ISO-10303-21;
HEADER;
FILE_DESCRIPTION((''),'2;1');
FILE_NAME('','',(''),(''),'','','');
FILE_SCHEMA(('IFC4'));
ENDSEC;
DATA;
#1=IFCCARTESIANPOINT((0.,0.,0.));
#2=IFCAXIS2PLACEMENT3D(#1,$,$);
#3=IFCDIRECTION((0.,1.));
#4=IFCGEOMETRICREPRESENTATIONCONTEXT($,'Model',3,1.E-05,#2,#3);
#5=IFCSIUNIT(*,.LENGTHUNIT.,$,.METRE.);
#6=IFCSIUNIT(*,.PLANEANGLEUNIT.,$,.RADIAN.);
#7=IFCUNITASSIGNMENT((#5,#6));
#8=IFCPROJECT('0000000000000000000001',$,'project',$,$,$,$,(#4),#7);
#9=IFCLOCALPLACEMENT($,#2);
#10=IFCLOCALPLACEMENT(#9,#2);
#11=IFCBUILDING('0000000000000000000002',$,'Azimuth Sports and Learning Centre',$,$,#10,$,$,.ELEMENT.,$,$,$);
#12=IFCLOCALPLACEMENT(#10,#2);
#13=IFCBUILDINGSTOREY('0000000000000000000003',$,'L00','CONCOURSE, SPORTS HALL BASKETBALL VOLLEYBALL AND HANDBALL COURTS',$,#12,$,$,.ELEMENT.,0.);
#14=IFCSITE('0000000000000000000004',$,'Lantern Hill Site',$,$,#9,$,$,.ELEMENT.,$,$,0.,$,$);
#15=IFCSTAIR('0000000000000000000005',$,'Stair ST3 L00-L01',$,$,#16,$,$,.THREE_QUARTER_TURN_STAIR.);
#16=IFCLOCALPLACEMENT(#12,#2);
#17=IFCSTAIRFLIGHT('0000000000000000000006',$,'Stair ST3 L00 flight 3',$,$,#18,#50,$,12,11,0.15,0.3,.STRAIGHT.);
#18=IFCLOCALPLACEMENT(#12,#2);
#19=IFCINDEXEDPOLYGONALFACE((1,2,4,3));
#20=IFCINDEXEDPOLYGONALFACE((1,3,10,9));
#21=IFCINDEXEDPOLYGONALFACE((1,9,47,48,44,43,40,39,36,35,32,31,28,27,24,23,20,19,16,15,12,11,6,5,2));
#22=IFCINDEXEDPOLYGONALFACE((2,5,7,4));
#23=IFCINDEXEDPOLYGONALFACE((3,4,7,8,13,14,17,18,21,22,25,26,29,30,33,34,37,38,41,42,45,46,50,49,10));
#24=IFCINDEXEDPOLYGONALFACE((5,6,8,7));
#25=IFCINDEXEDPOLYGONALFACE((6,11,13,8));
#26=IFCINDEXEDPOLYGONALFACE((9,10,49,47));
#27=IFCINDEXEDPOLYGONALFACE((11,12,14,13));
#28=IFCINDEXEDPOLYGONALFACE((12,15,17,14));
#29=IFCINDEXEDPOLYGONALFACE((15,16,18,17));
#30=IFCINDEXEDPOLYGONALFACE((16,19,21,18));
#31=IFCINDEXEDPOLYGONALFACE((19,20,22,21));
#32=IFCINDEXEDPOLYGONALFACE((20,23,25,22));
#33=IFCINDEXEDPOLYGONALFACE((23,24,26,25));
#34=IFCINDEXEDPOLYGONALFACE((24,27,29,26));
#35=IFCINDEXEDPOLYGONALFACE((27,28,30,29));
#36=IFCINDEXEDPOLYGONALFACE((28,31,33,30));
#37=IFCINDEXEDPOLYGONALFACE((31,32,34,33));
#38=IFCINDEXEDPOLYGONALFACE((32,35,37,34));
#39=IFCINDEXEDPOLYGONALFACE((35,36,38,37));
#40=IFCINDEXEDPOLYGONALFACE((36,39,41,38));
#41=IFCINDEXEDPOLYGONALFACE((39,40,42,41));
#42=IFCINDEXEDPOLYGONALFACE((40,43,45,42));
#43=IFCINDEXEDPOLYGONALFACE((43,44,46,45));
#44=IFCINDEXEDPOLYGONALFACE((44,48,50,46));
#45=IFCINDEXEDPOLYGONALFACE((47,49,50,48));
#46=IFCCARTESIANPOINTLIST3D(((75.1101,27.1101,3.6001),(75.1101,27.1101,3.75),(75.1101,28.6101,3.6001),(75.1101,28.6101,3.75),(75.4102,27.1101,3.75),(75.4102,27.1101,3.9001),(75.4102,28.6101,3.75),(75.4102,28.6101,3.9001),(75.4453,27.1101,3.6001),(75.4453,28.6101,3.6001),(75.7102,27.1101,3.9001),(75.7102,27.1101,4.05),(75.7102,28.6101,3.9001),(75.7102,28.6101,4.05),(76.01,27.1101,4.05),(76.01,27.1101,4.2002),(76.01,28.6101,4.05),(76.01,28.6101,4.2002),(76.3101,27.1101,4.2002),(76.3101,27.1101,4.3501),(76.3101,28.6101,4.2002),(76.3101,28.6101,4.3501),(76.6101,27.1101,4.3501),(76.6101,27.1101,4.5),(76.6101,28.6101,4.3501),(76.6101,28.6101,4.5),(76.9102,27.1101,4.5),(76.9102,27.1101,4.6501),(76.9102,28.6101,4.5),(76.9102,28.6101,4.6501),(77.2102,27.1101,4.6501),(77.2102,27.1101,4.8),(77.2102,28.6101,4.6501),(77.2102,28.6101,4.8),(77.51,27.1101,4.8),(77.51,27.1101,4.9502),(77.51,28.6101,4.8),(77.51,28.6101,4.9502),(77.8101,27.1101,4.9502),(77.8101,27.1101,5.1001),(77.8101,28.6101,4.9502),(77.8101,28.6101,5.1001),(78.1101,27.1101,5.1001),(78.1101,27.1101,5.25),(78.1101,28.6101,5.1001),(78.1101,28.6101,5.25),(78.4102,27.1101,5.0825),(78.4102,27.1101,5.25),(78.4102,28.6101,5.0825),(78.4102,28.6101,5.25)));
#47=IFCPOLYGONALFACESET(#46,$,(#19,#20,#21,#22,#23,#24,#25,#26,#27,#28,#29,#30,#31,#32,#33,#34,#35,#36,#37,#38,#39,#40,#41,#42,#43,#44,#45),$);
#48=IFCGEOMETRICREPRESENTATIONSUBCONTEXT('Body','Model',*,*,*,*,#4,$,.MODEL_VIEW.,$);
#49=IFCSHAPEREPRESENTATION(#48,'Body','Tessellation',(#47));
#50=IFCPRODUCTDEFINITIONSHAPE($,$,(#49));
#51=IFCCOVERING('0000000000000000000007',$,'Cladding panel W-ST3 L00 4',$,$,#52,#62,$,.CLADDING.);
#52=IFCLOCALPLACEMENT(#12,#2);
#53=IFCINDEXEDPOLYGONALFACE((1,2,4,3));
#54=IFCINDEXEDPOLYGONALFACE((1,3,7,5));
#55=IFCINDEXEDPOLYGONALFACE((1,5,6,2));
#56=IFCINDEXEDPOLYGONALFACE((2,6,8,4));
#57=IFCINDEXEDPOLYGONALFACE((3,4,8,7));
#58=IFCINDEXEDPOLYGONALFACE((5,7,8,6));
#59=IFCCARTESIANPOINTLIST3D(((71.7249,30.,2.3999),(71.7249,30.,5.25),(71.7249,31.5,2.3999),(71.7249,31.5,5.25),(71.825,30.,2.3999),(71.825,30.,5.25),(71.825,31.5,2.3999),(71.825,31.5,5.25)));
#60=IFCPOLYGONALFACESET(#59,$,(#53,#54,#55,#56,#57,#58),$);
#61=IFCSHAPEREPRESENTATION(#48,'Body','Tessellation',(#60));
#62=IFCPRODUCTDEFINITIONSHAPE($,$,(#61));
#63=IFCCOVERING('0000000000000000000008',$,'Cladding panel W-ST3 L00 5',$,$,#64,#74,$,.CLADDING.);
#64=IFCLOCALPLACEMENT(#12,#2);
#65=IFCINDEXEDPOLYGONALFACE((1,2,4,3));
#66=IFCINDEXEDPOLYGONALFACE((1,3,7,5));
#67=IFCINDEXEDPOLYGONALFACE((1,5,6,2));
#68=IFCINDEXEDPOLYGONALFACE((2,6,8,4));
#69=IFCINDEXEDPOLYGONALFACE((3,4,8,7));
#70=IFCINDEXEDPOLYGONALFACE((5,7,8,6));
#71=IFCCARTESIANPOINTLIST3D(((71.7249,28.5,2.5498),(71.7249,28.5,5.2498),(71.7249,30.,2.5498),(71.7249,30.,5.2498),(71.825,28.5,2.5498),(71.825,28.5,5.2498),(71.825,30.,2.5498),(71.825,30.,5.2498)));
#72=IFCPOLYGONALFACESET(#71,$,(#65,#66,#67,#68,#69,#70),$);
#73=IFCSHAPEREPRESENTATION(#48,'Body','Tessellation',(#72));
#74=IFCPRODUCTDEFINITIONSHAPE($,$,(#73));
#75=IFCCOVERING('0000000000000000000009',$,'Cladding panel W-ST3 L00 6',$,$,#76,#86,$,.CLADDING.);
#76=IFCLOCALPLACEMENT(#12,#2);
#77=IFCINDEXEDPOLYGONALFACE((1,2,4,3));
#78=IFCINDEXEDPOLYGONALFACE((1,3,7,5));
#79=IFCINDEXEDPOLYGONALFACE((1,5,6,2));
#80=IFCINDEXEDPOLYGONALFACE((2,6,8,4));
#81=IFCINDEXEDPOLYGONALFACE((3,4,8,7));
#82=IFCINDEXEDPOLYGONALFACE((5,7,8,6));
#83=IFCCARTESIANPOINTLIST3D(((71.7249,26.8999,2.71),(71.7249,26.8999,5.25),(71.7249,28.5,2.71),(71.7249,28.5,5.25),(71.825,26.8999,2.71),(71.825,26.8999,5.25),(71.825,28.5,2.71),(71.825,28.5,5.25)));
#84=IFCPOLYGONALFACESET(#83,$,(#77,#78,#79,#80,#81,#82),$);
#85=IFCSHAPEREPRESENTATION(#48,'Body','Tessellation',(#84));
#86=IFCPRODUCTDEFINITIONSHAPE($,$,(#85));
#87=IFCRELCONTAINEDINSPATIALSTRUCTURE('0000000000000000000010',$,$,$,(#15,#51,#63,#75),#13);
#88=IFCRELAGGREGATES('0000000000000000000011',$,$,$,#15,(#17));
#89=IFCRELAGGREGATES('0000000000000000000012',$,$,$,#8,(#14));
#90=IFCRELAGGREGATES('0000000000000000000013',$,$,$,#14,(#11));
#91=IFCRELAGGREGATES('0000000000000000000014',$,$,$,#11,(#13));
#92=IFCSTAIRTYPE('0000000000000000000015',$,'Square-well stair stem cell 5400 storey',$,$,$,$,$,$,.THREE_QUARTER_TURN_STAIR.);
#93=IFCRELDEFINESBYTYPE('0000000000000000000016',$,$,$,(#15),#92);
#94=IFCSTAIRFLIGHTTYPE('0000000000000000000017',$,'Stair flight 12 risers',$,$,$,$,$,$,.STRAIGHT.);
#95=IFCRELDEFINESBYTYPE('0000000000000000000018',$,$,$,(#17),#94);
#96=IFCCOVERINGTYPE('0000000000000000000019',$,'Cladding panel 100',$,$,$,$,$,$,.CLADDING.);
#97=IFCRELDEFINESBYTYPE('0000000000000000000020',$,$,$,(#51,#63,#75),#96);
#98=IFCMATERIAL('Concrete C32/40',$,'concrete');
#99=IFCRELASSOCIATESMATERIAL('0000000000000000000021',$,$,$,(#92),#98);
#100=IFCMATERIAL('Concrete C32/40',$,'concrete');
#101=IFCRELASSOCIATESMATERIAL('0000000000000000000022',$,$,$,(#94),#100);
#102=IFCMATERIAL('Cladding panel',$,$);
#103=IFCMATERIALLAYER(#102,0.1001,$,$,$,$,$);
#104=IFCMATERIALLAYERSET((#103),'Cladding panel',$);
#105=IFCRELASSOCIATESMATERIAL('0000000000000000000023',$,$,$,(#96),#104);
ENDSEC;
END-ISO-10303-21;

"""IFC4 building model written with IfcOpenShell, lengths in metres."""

from ifc_helpers import new_model, si_unit, direction, frame, origin, origin_2d, place, context, subcontext, project, spatial, polyline, rectangle, outline, extrude, material, layer, layer_set, type_object, element, aggregate, save


model = new_model("IFC4")

# Units and contexts
model_context = context("Model", 3, precision=1e-05, world=origin(), true_north=direction((0.0, 1.0)))
body_context = subcontext(model_context, "Body", "Model", "MODEL_VIEW")
ifc_project = project(units=[si_unit("LENGTHUNIT", "METRE"), si_unit("PLANEANGLEUNIT", "RADIAN")], contexts=[model_context])

# Site, building, storey
site_placement = place(None, origin())
site = spatial("IfcSite", under=ifc_project, at=site_placement, Name="Lantern Hill Site", CompositionType="ELEMENT", RefElevation=0.0)
building_placement = place(site_placement, origin())
building = spatial("IfcBuilding", under=site, at=building_placement, Name="Azimuth Sports and Learning Centre", CompositionType="ELEMENT")
storey_placement = place(building_placement, origin())
storey = spatial("IfcBuildingStorey", under=building, at=storey_placement, Name="L00", Description="CONCOURSE, SPORTS HALL BASKETBALL VOLLEYBALL AND HANDBALL COURTS", CompositionType="ELEMENT", Elevation=0.0)

# Stair, stair flight
ifc_material_1 = material(Name="Concrete C32/40", Category="concrete")
stair_type = type_object("IfcStairType", Name="Square-well stair stem cell 5400 storey", PredefinedType="THREE_QUARTER_TURN_STAIR", material=ifc_material_1)
stair_placement = place(storey_placement, origin())
stair = element("IfcStair", 1, at=stair_placement, inside=storey, type_object=stair_type, Name="Stair ST3 L00-L01", PredefinedType="THREE_QUARTER_TURN_STAIR")
ifc_material_2 = material(Name="Concrete C32/40", Category="concrete")
stair_flight_type = type_object("IfcStairFlightType", Name="Stair flight 12 risers", PredefinedType="STRAIGHT", material=ifc_material_2)
stair_flight_placement = place(storey_placement, frame((75.1101, 27.8601, 3.6001), z_axis=(0.0, 0.0, 1.0), x_axis=(1.0, 0.0, 0.0)))
stair_flight = element("IfcStairFlight", 2, at=stair_flight_placement, type_object=stair_flight_type, Name="Stair ST3 L00 flight 3", NumberOfRisers=12, NumberOfTreads=11, PredefinedType="STRAIGHT", RiserHeight=0.15, TreadLength=0.3, context=body_context, shape_type="SweptSolid", body=[
    extrude(outline(polyline([(0.0, 0.0), (0.0, 0.1499), (0.3, 0.1499), (0.3, 0.3), (0.6001, 0.3), (0.6001, 0.45), (0.8999, 0.45), (0.8999, 0.6001), (1.2, 0.6001), (1.2, 0.75), (1.5, 0.75), (1.5, 0.8999), (1.8, 0.8999), (1.8, 1.05), (2.1001, 1.05), (2.1001, 1.2), (2.3999, 1.2), (2.3999, 1.3501), (2.7, 1.3501), (2.7, 1.5), (3.0, 1.5), (3.0, 1.6499), (3.3, 1.6499), (3.3, 1.8), (3.3, 1.4824), (0.3352, 0.0), (0.0, 0.0)])), frame((0.0, 0.75, 0.0), z_axis=(0.0, -1.0, 0.0), x_axis=(1.0, 0.0, 0.0)), (0.0, 0.0, 1.0), 1.5),
])
aggregate(stair, [stair_flight])

# Coverings
ifc_material_3 = material(Name="Cladding panel")
ifc_layer_1 = layer(ifc_material_3, 0.1001)
ifc_layer_set_1 = layer_set([ifc_layer_1], Name="Cladding panel")
covering_type = type_object("IfcCoveringType", Name="Cladding panel 100", PredefinedType="CLADDING", material=ifc_layer_set_1)
covering_1_placement = place(storey_placement, frame((71.7749, 30.75, 2.3999), z_axis=(0.0, 0.0, 1.0), x_axis=(0.0, -1.0, 0.0)))
element("IfcCovering", 3, at=covering_1_placement, inside=storey, type_object=covering_type, Name="Cladding panel W-ST3 L00 4", PredefinedType="CLADDING", context=body_context, shape_type="SweptSolid", body=[
    extrude(rectangle(XDim=1.5, YDim=0.1001, at=origin_2d()), origin(), (0.0, 0.0, 1.0), 2.8501),
])
covering_2_placement = place(storey_placement, frame((71.7749, 29.25, 2.5498), z_axis=(0.0, 0.0, 1.0), x_axis=(0.0, -1.0, 0.0)))
element("IfcCovering", 4, at=covering_2_placement, inside=storey, type_object=covering_type, Name="Cladding panel W-ST3 L00 5", PredefinedType="CLADDING", context=body_context, shape_type="SweptSolid", body=[
    extrude(rectangle(XDim=1.5, YDim=0.1001, at=origin_2d()), origin(), (0.0, 0.0, 1.0), 2.7),
])
covering_3_placement = place(storey_placement, frame((71.7749, 27.7, 2.71), z_axis=(0.0, 0.0, 1.0), x_axis=(0.0, -1.0, 0.0)))
element("IfcCovering", 5, at=covering_3_placement, inside=storey, type_object=covering_type, Name="Cladding panel W-ST3 L00 6", PredefinedType="CLADDING", context=body_context, shape_type="SweptSolid", body=[
    extrude(rectangle(XDim=1.6001, YDim=0.1001, at=origin_2d()), origin(), (0.0, 0.0, 1.0), 2.54),
])

save(model, "model.ifc")
